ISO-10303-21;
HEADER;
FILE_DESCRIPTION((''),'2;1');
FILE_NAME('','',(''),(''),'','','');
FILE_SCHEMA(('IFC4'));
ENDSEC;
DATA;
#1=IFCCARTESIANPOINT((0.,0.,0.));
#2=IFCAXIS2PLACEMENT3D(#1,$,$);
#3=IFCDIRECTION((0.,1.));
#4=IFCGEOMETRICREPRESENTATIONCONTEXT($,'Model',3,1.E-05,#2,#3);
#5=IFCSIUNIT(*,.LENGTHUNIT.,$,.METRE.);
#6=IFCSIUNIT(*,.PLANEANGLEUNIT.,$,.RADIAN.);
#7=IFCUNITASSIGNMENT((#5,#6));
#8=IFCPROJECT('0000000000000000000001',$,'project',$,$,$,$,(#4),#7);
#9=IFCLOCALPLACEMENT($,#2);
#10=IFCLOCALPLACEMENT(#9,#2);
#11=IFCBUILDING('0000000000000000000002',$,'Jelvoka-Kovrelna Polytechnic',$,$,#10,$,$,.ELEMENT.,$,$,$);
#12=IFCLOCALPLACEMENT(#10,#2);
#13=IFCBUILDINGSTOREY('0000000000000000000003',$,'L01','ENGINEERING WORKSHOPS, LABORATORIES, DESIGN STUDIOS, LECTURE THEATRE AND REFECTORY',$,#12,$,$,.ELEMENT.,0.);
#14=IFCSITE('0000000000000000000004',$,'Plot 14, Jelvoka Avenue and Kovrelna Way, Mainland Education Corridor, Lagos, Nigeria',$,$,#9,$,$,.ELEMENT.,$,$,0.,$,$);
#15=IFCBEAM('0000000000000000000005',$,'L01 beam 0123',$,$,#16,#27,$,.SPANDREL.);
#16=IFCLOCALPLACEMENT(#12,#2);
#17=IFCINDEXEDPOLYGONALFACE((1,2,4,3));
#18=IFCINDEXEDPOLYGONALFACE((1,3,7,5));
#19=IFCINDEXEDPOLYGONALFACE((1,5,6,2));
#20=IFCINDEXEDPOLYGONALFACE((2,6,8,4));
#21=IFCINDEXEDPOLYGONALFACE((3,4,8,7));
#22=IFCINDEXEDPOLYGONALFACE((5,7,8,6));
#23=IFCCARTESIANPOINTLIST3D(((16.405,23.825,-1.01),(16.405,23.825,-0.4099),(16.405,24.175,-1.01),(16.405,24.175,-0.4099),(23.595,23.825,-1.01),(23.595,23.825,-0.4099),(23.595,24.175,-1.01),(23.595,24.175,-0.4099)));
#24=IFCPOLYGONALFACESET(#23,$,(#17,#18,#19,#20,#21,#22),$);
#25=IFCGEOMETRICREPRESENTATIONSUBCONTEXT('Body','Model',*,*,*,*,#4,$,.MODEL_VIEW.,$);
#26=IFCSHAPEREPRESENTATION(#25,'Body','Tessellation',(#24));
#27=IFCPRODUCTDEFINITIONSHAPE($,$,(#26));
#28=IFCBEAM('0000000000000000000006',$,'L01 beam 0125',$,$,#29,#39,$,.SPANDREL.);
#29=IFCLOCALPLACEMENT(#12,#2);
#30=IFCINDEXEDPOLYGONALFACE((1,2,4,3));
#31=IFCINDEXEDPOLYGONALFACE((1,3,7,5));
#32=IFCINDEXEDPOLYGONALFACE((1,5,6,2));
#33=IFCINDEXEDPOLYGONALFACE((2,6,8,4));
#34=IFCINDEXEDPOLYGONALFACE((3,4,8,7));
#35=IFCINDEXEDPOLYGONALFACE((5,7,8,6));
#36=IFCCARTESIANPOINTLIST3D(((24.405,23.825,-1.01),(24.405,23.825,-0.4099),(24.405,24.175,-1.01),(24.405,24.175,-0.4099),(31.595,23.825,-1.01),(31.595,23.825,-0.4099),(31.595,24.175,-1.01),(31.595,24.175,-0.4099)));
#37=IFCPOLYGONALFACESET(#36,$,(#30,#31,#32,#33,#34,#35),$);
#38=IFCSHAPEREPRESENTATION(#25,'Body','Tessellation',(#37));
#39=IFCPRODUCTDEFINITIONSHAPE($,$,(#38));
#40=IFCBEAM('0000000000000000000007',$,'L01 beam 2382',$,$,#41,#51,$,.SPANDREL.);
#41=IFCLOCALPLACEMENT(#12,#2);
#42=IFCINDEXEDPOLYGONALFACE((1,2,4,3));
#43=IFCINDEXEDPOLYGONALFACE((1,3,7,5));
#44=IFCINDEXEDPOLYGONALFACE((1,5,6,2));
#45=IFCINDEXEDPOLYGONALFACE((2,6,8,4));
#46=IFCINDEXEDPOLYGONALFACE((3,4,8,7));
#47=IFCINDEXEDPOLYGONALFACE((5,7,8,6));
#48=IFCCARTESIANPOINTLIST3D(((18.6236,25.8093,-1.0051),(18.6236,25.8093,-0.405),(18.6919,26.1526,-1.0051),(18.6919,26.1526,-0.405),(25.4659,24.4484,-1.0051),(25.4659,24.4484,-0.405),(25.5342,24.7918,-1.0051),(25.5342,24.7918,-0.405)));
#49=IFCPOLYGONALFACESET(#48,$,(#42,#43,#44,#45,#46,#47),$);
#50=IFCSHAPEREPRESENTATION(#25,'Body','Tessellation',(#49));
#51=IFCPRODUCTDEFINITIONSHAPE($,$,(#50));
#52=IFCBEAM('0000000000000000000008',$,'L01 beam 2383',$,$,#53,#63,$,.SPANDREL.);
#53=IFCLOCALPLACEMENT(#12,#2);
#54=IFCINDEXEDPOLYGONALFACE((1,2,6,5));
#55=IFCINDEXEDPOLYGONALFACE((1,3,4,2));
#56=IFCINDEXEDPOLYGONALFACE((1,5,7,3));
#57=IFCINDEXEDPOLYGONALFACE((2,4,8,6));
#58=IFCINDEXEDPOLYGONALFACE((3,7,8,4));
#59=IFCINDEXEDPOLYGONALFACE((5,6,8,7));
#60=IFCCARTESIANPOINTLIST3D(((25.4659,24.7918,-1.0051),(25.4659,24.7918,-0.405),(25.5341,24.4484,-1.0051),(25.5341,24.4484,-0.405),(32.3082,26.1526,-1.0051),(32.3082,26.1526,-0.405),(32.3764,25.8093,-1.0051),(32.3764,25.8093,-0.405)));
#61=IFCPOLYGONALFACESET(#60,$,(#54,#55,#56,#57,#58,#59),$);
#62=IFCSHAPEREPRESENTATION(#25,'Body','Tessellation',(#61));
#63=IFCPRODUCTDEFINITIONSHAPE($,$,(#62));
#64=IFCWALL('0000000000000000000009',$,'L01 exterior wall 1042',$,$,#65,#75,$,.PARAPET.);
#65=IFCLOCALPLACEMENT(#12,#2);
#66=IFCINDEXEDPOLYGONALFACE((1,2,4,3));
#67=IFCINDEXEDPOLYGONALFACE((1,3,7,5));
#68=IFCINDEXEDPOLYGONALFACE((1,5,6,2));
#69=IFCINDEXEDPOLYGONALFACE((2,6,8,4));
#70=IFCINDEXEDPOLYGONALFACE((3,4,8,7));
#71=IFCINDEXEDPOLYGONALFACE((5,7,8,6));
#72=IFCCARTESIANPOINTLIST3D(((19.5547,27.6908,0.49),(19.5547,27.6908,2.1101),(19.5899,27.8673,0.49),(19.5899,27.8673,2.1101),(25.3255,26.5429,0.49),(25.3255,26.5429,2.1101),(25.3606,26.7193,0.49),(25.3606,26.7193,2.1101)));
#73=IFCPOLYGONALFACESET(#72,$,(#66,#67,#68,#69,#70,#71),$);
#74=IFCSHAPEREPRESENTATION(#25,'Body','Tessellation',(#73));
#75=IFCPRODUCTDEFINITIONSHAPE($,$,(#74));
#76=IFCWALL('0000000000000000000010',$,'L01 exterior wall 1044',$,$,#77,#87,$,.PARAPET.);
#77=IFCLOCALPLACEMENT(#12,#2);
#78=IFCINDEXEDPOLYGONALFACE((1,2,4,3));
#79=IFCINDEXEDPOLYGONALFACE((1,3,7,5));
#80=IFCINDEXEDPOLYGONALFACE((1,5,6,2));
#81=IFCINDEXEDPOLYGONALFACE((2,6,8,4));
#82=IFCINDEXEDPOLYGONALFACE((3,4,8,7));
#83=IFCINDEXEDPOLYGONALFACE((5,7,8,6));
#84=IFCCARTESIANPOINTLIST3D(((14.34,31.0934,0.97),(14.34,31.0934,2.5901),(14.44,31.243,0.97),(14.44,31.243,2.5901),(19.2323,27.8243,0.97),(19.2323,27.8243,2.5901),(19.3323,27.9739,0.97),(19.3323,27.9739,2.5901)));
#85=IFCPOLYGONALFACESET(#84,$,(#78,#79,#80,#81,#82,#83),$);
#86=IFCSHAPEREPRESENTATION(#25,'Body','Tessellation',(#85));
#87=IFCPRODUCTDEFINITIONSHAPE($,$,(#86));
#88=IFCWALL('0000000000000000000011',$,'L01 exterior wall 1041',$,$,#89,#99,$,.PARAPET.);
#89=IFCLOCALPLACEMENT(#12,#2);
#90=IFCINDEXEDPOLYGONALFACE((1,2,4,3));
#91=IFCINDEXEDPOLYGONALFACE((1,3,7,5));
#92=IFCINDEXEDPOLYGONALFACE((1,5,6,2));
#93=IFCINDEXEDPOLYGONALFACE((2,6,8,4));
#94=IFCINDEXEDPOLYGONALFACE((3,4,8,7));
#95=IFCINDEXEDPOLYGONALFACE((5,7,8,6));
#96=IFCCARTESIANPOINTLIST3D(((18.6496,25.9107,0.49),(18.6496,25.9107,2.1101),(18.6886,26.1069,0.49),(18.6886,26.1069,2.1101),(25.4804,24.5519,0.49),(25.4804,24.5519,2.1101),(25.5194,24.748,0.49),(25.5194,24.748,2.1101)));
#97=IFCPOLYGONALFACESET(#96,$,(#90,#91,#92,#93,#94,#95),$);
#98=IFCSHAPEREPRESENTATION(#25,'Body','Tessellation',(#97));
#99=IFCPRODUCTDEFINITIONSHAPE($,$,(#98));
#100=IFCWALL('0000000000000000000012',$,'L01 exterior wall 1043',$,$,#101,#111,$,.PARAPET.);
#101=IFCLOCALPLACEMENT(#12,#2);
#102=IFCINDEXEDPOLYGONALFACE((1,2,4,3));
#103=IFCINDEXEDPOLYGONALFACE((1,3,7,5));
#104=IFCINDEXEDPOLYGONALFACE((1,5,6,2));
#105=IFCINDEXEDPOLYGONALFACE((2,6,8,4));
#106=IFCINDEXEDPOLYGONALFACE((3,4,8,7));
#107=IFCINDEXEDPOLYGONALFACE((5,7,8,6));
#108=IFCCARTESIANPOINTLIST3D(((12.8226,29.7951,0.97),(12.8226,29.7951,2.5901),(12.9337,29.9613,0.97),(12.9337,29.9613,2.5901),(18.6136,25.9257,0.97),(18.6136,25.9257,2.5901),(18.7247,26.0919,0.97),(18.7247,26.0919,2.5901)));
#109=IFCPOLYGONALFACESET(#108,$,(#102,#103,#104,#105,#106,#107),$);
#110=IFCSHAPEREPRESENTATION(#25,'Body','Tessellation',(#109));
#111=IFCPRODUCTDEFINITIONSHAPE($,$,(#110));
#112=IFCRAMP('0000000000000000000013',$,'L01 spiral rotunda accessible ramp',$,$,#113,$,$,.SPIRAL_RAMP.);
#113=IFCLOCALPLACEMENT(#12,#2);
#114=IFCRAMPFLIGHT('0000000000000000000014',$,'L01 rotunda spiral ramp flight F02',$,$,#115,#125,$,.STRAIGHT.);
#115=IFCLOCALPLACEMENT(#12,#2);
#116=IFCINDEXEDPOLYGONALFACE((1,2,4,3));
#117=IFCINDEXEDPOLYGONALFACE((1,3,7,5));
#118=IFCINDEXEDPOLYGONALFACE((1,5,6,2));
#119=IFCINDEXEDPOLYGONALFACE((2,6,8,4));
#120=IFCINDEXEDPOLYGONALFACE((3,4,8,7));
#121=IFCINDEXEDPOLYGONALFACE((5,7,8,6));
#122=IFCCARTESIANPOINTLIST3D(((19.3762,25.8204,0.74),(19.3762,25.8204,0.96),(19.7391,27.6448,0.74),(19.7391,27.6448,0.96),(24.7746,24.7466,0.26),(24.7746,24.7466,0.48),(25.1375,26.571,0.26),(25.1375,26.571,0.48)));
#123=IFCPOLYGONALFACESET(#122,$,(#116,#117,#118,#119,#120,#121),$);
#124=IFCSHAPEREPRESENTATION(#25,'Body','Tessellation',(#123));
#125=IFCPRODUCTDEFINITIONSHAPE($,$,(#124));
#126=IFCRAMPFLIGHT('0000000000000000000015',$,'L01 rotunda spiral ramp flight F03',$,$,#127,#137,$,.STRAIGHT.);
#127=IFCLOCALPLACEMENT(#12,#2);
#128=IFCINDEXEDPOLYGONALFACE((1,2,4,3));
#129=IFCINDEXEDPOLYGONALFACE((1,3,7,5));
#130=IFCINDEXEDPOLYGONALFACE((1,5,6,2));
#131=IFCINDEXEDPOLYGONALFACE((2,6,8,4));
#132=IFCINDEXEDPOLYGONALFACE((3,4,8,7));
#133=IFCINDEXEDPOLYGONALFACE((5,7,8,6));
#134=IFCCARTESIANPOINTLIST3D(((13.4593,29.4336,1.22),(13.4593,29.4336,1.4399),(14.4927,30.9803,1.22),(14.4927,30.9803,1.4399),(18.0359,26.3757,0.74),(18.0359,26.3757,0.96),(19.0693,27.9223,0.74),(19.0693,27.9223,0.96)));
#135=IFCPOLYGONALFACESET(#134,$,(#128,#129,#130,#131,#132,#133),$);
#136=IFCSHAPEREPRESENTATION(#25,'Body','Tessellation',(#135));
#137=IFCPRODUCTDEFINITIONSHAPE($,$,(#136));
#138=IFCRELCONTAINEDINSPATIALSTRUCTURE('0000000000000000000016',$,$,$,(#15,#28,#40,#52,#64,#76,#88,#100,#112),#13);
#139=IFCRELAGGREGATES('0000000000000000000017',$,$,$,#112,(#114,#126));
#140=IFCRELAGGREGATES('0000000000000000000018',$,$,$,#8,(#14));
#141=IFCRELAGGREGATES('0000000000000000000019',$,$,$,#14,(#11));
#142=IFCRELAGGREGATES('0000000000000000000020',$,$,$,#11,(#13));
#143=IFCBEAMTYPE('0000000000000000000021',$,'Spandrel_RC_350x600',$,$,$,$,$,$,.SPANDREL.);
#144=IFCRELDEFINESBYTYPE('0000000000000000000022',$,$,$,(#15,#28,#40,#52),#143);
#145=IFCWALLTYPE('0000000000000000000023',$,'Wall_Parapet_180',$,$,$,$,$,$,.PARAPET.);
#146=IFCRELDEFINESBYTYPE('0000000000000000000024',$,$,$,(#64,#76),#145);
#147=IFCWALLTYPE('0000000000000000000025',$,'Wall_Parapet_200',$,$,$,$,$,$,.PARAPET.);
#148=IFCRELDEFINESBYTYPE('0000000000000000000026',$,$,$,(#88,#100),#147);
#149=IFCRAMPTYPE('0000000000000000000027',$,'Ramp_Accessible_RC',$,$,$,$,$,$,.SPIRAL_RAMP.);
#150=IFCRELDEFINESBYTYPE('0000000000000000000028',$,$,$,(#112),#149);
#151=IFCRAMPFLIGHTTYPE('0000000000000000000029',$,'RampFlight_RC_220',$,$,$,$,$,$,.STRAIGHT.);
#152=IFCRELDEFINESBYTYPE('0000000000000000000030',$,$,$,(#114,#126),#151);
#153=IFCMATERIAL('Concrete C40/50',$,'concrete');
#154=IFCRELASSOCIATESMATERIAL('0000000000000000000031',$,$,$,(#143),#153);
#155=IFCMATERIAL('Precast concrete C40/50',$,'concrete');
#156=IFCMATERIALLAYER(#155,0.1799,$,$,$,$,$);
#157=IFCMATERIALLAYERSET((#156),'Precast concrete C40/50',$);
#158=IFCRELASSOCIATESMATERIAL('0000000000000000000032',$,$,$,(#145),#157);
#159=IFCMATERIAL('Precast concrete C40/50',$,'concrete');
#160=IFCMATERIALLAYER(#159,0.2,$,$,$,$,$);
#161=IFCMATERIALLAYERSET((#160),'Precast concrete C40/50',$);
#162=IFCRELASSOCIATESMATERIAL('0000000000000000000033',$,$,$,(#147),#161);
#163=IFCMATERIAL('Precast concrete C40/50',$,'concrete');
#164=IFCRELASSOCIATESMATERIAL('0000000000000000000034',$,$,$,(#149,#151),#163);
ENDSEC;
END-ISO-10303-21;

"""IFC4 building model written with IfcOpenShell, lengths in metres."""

from ifc_helpers import new_model, si_unit, direction, frame, frame_2d, origin, origin_2d, place, context, subcontext, project, spatial, polyline, rectangle, outline, extrude, material, layer, layer_set, material_profile, profile_set, type_object, element, aggregate, save


model = new_model("IFC4")

# Units and contexts
model_context = context("Model", 3, precision=1e-05, world=origin(), true_north=direction((0.0, 1.0)))
body_context = subcontext(model_context, "Body", "Model", "MODEL_VIEW")
ifc_project = project(units=[si_unit("LENGTHUNIT", "METRE"), si_unit("PLANEANGLEUNIT", "RADIAN")], contexts=[model_context])

# Site, building, storey
site_placement = place(None, origin())
site = spatial("IfcSite", under=ifc_project, at=site_placement, Name="Plot 14, Jelvoka Avenue and Kovrelna Way, Mainland Education Corridor, Lagos, Nigeria", CompositionType="ELEMENT", RefElevation=0.0)
building_placement = place(site_placement, origin())
building = spatial("IfcBuilding", under=site, at=building_placement, Name="Jelvoka-Kovrelna Polytechnic", CompositionType="ELEMENT")
storey_placement = place(building_placement, origin())
storey = spatial("IfcBuildingStorey", under=building, at=storey_placement, Name="L01", Description="ENGINEERING WORKSHOPS, LABORATORIES, DESIGN STUDIOS, LECTURE THEATRE AND REFECTORY", CompositionType="ELEMENT", Elevation=0.0)

# Beams
ifc_material_1 = material(Name="Concrete C40/50", Category="concrete")
ifc_material_profile_1 = material_profile(ifc_material_1, rectangle(XDim=0.3501, YDim=0.6001, at=origin_2d()), Name="RC 350x600")
ifc_profile_set_1 = profile_set([ifc_material_profile_1], Name="Concrete C40/50")
beam_type_1 = type_object("IfcBeamType", Name="Spandrel_RC_350x600", PredefinedType="SPANDREL", material=ifc_profile_set_1)
for number, where, z_axis, x_axis, name in (
    (1, (16.405, 24.0, -0.71), (1.0, 0.0, 0.0), (0.0, 1.0, 0.0), "L01 beam 0123"),
    (2, (24.405, 24.0, -0.71), (1.0, 0.0, 0.0), (0.0, 1.0, 0.0), "L01 beam 0125"),
):
    element("IfcBeam", number, at=place(storey_placement, frame(where, z_axis=z_axis, x_axis=x_axis)), inside=storey, type_object=beam_type_1, Name=name, PredefinedType="SPANDREL", context=body_context, shape_type="SweptSolid", body=[
        extrude(rectangle(XDim=0.3501, YDim=0.6001, at=origin_2d()), origin(), (0.0, 0.0, 1.0), 7.1899),
    ])
for number, where, z_axis, x_axis, name in (
    (3, (18.6577, 25.981, -0.7051), (0.98079, -0.195066, 0.0), (0.195066, 0.98079, 0.0), "L01 beam 2382"),
    (4, (25.5, 24.6201, -0.7051), (0.98079, 0.195066, 0.0), (-0.195066, 0.98079, 0.0), "L01 beam 2383"),
):
    element("IfcBeam", number, at=place(storey_placement, frame(where, z_axis=z_axis, x_axis=x_axis)), inside=storey, type_object=beam_type_1, Name=name, PredefinedType="SPANDREL", context=body_context, shape_type="SweptSolid", body=[
        extrude(rectangle(XDim=0.3501, YDim=0.6001, at=origin_2d()), origin(), (0.0, 0.0, 1.0), 6.9763),
    ])

# Walls
ifc_material_2 = material(Name="Precast concrete C40/50", Category="concrete")
ifc_layer_1 = layer(ifc_material_2, 0.1799)
ifc_layer_set_1 = layer_set([ifc_layer_1], Name="Precast concrete C40/50")
wall_type_1 = type_object("IfcWallType", Name="Wall_Parapet_180", PredefinedType="PARAPET", material=ifc_layer_set_1)
wall_1_placement = place(storey_placement, frame((25.343, 26.6311, 0.49), z_axis=(0.0, 0.0, 1.0), x_axis=(-0.980783, 0.195103, 0.0)))
element("IfcWall", 5, at=wall_1_placement, inside=storey, type_object=wall_type_1, Name="L01 exterior wall 1042", PredefinedType="PARAPET", context=body_context, shape_type="SweptSolid", body=[
    extrude(rectangle(XDim=5.8838, YDim=0.1799, at=frame_2d((2.9419, 0.0))), origin(), (0.0, 0.0, 1.0), 1.6201),
])
wall_2_placement = place(storey_placement, frame((19.2822, 27.8992, 0.97), z_axis=(0.0, 0.0, 1.0), x_axis=(-0.831463, 0.555581, 0.0)))
element("IfcWall", 6, at=wall_2_placement, inside=storey, type_object=wall_type_1, Name="L01 exterior wall 1044", PredefinedType="PARAPET", context=body_context, shape_type="SweptSolid", body=[
    extrude(rectangle(XDim=5.884, YDim=0.1799, at=frame_2d((2.9419, 0.0))), origin(), (0.0, 0.0, 1.0), 1.6201),
])
ifc_material_3 = material(Name="Precast concrete C40/50", Category="concrete")
ifc_layer_2 = layer(ifc_material_3, 0.2)
ifc_layer_set_2 = layer_set([ifc_layer_2], Name="Precast concrete C40/50")
wall_type_2 = type_object("IfcWallType", Name="Wall_Parapet_200", PredefinedType="PARAPET", material=ifc_layer_set_2)
wall_3_placement = place(storey_placement, frame((25.5, 24.6499, 0.49), z_axis=(0.0, 0.0, 1.0), x_axis=(-0.980781, 0.195112, 0.0)))
element("IfcWall", 7, at=wall_3_placement, inside=storey, type_object=wall_type_2, Name="L01 exterior wall 1041", PredefinedType="PARAPET", context=body_context, shape_type="SweptSolid", body=[
    extrude(rectangle(XDim=6.9646, YDim=0.2, at=frame_2d((3.4824, 0.0))), origin(), (0.0, 0.0, 1.0), 1.6201),
])
wall_4_placement = place(storey_placement, frame((18.6692, 26.0088, 0.97), z_axis=(0.0, 0.0, 1.0), x_axis=(-0.831473, 0.555565, 0.0)))
element("IfcWall", 8, at=wall_4_placement, inside=storey, type_object=wall_type_2, Name="L01 exterior wall 1043", PredefinedType="PARAPET", context=body_context, shape_type="SweptSolid", body=[
    extrude(rectangle(XDim=6.9648, YDim=0.2, at=frame_2d((3.4824, 0.0))), origin(), (0.0, 0.0, 1.0), 1.6201),
])

# Ramp, ramp flights
ifc_material_4 = material(Name="Precast concrete C40/50", Category="concrete")
ramp_type = type_object("IfcRampType", Name="Ramp_Accessible_RC", PredefinedType="SPIRAL_RAMP", material=ifc_material_4)
ramp_placement = place(storey_placement, origin())
ramp = element("IfcRamp", 9, at=ramp_placement, inside=storey, type_object=ramp_type, Name="L01 spiral rotunda accessible ramp", PredefinedType="SPIRAL_RAMP")
ramp_flight_type = type_object("IfcRampFlightType", Name="RampFlight_RC_220", PredefinedType="STRAIGHT", material=ifc_material_4)
ramp_flight_1_placement = place(None, frame((24.9561, 25.6587, 0.48), z_axis=(0.0, 0.0, 1.0), x_axis=(-0.980785, 0.195092, 0.0)))
ramp_flight_1 = element("IfcRampFlight", 10, at=ramp_flight_1_placement, type_object=ramp_flight_type, Name="L01 rotunda spiral ramp flight F02", PredefinedType="STRAIGHT", context=body_context, shape_type="SweptSolid", body=[
    extrude(outline(polyline([(0.0, 0.0), (5.5042, 0.48), (5.5042, 0.26), (0.0, -0.22), (0.0, 0.0)])), frame((0.0, 0.9299, 0.0), z_axis=(0.0, -1.0, 0.0), x_axis=(1.0, 0.0, 0.0)), (0.0, 0.0, 1.0), 1.8601),
])
ramp_flight_2_placement = place(None, frame((18.5525, 27.1489, 0.96), z_axis=(0.0, 0.0, 1.0), x_axis=(-0.831471, 0.555568, 0.0)))
ramp_flight_2 = element("IfcRampFlight", 11, at=ramp_flight_2_placement, type_object=ramp_flight_type, Name="L01 rotunda spiral ramp flight F03", PredefinedType="STRAIGHT", context=body_context, shape_type="SweptSolid", body=[
    extrude(outline(polyline([(0.0, 0.0), (5.5042, 0.48), (5.5042, 0.26), (0.0, -0.22), (0.0, 0.0)])), frame((0.0, 0.9299, 0.0), z_axis=(0.0, -1.0, 0.0), x_axis=(1.0, 0.0, 0.0)), (0.0, 0.0, 1.0), 1.8601),
])
aggregate(ramp, [ramp_flight_1, ramp_flight_2])

save(model, "model.ifc")
